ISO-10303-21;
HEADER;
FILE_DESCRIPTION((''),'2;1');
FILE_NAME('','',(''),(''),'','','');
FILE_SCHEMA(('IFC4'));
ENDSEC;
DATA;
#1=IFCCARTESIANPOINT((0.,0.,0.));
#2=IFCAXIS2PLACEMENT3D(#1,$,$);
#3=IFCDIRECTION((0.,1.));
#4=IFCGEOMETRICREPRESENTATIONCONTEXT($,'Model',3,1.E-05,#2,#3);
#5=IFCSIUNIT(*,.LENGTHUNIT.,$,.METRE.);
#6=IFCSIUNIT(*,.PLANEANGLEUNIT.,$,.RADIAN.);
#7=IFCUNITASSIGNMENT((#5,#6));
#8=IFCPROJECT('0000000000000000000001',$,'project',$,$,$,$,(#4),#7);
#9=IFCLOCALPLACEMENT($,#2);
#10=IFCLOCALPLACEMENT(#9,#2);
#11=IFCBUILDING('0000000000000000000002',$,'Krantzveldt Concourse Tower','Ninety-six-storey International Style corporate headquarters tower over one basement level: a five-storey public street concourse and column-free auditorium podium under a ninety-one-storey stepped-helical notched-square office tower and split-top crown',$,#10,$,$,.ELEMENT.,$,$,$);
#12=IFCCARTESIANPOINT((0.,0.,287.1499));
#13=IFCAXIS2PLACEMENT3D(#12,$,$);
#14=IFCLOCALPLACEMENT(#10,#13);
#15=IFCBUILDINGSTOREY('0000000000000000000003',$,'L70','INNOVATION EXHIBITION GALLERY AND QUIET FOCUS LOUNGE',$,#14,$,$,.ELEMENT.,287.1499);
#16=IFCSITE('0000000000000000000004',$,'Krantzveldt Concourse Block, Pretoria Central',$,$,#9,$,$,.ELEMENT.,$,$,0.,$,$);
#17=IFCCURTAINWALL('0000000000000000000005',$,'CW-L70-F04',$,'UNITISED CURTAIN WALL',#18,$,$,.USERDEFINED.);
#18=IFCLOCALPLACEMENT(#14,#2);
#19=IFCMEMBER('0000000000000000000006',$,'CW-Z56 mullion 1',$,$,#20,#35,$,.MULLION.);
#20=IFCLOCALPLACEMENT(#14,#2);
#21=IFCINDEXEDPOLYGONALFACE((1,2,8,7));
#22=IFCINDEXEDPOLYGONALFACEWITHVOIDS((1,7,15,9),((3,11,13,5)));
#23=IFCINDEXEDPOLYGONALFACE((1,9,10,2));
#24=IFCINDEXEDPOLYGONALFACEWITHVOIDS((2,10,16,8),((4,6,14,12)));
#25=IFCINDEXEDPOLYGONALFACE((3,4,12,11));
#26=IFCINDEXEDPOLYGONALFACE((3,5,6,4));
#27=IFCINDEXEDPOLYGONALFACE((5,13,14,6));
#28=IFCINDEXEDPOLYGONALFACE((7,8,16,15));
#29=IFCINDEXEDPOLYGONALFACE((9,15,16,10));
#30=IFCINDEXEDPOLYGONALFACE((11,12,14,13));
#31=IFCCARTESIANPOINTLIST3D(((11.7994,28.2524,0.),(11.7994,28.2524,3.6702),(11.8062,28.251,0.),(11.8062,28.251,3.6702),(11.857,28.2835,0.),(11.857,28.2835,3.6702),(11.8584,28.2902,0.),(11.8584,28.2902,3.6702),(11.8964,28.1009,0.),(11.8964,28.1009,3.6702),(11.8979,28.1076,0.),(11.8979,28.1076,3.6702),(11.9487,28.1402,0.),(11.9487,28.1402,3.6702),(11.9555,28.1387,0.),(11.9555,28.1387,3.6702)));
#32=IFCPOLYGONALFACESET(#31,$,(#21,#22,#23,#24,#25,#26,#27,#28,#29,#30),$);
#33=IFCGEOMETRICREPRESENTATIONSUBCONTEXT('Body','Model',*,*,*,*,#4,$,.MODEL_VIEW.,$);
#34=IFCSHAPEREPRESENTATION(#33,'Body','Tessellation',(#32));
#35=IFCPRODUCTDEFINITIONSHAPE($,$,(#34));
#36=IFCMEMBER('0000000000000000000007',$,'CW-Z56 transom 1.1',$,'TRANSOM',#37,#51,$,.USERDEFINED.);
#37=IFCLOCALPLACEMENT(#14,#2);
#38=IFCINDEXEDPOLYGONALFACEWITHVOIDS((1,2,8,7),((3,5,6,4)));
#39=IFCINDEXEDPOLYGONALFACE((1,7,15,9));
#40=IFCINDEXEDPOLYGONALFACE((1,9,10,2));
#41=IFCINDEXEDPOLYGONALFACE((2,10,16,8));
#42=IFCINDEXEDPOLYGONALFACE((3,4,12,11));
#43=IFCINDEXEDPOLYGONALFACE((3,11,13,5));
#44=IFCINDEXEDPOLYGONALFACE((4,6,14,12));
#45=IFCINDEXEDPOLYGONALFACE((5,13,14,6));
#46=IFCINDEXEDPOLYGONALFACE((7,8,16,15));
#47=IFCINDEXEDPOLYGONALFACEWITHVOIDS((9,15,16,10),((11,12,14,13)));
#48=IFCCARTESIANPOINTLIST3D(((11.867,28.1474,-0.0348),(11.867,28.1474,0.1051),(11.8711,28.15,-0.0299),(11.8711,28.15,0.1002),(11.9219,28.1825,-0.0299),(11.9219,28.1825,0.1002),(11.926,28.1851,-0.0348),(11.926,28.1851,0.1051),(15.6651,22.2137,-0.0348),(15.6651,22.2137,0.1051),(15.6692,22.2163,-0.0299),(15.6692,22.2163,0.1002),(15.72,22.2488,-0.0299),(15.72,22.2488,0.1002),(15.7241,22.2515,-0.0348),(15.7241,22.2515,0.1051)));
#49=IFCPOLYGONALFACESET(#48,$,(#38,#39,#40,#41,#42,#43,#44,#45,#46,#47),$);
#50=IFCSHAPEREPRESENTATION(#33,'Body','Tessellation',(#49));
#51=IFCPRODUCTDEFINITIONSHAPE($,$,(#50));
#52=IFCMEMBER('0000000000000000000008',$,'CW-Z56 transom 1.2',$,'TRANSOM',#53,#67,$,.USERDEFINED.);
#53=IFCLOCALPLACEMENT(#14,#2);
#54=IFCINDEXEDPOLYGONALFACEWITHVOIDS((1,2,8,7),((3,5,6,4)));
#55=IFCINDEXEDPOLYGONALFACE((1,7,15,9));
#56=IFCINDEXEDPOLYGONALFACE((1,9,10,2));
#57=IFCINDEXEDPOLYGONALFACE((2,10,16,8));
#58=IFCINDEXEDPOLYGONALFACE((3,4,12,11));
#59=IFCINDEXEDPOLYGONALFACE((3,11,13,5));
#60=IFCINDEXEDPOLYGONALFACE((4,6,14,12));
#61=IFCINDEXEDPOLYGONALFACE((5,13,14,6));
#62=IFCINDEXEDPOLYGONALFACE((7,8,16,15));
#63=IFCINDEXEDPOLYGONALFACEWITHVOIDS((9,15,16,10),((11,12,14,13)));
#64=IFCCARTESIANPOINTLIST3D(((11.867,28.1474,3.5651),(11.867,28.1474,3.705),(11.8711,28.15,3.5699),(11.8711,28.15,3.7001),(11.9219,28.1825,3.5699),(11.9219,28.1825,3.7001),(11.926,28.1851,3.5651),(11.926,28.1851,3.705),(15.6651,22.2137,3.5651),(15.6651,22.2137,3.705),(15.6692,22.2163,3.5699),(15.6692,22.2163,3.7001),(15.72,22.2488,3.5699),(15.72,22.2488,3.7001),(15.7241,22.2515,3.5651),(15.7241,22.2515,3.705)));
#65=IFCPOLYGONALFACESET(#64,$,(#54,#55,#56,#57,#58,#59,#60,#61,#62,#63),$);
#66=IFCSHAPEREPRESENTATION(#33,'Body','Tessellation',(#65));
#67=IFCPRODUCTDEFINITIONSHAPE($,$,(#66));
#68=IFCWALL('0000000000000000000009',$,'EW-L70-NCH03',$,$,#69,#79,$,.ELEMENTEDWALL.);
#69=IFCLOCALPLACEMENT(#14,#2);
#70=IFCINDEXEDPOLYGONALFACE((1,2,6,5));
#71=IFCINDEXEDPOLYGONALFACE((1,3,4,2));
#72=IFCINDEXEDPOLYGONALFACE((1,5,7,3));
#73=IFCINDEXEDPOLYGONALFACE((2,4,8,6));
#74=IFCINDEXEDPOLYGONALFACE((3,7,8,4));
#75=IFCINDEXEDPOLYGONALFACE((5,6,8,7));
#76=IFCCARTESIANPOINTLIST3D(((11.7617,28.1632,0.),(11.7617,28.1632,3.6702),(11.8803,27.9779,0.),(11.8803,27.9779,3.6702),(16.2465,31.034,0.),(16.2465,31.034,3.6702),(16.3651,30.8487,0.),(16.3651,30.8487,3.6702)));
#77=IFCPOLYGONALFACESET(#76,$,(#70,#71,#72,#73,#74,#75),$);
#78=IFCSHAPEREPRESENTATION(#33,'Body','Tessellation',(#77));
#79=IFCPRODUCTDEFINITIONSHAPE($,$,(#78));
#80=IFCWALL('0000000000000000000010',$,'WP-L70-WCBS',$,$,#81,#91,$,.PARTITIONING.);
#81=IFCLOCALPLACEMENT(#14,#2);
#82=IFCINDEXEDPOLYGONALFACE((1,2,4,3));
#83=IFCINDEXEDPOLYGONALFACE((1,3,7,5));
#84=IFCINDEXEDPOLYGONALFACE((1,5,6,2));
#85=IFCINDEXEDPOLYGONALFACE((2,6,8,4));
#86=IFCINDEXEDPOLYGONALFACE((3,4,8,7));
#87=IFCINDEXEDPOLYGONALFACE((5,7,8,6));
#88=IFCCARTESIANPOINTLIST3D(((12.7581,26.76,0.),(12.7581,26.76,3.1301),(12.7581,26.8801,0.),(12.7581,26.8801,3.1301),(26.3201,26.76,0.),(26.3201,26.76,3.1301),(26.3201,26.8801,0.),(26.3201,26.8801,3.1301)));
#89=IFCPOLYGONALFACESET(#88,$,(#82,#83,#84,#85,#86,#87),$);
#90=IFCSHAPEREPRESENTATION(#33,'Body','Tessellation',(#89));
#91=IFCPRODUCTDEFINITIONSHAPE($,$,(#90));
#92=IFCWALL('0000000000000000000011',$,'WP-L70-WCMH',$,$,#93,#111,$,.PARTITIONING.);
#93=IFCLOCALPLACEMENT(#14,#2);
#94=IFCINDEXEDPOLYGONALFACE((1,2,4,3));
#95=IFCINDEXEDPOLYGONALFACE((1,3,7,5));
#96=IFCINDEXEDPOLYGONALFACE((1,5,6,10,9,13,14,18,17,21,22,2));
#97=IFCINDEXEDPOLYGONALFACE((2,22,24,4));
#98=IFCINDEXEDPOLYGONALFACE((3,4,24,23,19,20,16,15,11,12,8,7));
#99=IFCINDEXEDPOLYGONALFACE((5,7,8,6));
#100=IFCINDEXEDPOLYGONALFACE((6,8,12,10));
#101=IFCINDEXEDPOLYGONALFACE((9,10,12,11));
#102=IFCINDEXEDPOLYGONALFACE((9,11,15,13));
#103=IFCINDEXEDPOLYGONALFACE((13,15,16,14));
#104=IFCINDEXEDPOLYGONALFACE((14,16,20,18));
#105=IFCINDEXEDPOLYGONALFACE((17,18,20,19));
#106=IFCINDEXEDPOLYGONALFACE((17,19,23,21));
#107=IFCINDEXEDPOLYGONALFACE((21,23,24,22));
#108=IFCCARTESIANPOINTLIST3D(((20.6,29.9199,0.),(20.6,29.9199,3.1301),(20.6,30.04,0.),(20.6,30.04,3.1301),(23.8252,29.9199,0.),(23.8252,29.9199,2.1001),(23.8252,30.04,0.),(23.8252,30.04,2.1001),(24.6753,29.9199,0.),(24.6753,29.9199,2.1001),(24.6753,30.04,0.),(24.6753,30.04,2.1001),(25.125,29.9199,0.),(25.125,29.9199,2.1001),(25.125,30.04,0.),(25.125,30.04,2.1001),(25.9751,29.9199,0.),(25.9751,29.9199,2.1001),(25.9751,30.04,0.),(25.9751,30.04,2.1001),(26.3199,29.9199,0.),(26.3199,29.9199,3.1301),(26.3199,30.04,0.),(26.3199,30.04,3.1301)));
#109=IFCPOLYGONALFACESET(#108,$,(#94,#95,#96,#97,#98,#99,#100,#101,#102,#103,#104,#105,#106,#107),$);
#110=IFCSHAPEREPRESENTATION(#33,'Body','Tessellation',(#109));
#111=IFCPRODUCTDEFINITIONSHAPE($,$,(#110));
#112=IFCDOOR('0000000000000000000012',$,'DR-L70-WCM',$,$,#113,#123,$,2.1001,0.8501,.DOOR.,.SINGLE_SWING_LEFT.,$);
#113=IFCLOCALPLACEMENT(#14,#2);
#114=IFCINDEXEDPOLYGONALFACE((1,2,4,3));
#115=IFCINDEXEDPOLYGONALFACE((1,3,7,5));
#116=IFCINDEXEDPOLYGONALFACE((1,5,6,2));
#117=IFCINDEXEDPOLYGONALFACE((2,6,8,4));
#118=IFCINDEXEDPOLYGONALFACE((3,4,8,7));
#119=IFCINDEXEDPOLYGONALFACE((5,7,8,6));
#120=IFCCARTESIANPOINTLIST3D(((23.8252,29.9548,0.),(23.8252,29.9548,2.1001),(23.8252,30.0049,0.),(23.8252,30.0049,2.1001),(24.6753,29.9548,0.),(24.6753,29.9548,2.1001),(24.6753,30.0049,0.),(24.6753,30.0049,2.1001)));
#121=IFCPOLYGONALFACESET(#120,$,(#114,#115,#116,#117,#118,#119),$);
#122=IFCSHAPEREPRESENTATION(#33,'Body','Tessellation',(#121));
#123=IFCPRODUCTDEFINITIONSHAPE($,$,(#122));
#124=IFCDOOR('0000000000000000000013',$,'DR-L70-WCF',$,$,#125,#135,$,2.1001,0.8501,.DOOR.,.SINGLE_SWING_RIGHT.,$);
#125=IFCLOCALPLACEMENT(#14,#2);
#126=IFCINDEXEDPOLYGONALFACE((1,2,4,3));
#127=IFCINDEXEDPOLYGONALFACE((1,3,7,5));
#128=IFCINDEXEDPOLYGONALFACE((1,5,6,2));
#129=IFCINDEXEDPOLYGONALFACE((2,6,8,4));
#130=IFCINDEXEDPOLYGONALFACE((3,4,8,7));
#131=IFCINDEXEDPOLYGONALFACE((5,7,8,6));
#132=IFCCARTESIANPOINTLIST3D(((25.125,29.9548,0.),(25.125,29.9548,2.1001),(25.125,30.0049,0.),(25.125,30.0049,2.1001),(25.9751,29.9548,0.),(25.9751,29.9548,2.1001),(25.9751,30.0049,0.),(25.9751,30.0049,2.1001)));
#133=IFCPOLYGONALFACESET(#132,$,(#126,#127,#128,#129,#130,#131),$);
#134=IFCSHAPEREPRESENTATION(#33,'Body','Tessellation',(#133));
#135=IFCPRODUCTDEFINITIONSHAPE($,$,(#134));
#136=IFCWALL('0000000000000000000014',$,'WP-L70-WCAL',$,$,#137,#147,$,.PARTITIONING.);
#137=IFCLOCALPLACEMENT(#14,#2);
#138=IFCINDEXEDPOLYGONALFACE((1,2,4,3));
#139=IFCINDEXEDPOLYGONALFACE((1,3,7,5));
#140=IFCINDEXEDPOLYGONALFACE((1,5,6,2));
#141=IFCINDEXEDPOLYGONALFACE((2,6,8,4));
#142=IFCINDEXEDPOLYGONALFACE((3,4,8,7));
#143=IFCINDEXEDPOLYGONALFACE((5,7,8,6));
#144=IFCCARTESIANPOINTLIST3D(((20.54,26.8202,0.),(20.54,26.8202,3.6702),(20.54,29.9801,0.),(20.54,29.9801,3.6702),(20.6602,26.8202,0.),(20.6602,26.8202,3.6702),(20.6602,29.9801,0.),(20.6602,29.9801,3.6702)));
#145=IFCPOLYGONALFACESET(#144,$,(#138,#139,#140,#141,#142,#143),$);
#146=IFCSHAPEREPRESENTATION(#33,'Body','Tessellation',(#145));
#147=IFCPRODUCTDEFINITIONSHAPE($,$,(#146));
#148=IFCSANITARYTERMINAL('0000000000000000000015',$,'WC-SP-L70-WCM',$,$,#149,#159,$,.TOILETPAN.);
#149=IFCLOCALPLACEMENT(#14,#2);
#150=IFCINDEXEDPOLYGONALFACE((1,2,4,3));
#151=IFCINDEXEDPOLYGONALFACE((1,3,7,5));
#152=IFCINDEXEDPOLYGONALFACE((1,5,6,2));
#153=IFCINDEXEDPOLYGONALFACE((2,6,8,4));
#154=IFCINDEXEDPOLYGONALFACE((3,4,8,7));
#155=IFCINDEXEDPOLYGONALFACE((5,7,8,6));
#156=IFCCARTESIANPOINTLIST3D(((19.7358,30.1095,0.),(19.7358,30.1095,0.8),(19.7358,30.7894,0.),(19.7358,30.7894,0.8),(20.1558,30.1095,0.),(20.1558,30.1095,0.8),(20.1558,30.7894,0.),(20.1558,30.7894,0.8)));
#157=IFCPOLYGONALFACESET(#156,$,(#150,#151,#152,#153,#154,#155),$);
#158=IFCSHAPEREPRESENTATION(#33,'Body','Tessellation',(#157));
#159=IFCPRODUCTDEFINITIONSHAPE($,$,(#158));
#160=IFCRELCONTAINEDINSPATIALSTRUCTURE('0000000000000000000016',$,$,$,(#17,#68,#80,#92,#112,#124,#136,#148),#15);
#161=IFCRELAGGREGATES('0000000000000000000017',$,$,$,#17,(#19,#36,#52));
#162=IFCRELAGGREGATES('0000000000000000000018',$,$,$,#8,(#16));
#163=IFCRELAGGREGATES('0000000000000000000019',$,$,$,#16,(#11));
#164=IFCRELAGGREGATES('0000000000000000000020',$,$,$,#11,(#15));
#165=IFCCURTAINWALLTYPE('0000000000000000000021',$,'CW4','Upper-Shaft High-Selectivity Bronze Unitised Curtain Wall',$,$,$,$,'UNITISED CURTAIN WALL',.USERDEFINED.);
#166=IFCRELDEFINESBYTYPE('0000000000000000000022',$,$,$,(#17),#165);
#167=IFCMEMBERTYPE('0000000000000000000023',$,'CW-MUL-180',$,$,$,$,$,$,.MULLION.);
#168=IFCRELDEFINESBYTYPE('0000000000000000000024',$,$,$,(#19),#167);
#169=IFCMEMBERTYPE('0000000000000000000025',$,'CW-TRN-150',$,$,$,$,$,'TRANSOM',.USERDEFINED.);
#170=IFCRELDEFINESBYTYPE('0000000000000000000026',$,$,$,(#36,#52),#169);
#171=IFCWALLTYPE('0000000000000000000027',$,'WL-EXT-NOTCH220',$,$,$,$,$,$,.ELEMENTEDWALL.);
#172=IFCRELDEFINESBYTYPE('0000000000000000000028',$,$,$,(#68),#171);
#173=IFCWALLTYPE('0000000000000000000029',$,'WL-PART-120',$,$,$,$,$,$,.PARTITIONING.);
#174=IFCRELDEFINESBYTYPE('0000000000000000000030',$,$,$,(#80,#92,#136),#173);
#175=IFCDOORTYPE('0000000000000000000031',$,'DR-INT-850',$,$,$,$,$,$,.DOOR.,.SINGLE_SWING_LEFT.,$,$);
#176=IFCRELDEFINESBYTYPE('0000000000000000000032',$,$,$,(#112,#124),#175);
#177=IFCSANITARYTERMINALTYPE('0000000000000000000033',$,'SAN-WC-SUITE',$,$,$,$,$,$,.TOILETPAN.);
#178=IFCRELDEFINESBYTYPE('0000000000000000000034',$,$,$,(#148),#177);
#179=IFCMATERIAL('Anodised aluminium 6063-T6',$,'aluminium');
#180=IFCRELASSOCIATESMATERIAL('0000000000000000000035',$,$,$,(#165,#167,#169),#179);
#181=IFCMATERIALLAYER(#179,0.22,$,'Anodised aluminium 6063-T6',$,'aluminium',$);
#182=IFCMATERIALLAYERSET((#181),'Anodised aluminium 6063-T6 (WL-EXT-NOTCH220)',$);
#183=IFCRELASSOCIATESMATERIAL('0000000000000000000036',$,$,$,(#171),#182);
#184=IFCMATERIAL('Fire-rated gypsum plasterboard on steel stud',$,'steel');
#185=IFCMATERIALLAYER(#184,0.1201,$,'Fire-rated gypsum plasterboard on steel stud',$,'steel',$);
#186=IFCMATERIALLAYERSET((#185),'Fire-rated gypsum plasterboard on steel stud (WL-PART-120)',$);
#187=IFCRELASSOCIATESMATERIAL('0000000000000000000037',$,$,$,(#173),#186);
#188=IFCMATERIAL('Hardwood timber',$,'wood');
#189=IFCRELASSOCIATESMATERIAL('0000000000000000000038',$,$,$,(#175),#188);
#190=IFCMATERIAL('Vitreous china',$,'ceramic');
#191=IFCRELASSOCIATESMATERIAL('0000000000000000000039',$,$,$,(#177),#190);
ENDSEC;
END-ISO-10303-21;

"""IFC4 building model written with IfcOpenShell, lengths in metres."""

from ifc_helpers import new_model, si_unit, direction, frame, frame_2d, origin, origin_2d, place, context, subcontext, project, spatial, rectangle, hollow_rectangle, extrude, source, transform, mapped, material, layer, layer_set, material_profile, profile_set, type_object, type_shapes, element, fill, aggregate, save


model = new_model("IFC4")

# Units and contexts
model_context = context("Model", 3, precision=1e-05, world=origin(), true_north=direction((0.0, 1.0)))
body_context = subcontext(model_context, "Body", "Model", "MODEL_VIEW")
ifc_project = project(units=[si_unit("LENGTHUNIT", "METRE"), si_unit("PLANEANGLEUNIT", "RADIAN")], contexts=[model_context])

# Site, building, storey
site_placement = place(None, origin())
site = spatial("IfcSite", under=ifc_project, at=site_placement, Name="Krantzveldt Concourse Block, Pretoria Central", CompositionType="ELEMENT", RefElevation=0.0)
building_placement = place(site_placement, origin())
building = spatial("IfcBuilding", under=site, at=building_placement, Name="Krantzveldt Concourse Tower", Description="Ninety-six-storey International Style corporate headquarters tower over one basement level: a five-storey public street concourse and column-free auditorium podium under a ninety-one-storey stepped-helical notched-square office tower and split-top crown", CompositionType="ELEMENT")
storey_placement = place(building_placement, frame((0.0, 0.0, 287.1499)))
storey = spatial("IfcBuildingStorey", under=building, at=storey_placement, Name="L70", Description="INNOVATION EXHIBITION GALLERY AND QUIET FOCUS LOUNGE", CompositionType="ELEMENT", Elevation=287.1499)

# Curtain wall, members
ifc_material_1 = material(Name="Anodised aluminium 6063-T6", Category="aluminium")
curtain_wall_type = type_object("IfcCurtainWallType", Name="CW4", Description="Upper-Shaft High-Selectivity Bronze Unitised Curtain Wall", ElementType="UNITISED CURTAIN WALL", PredefinedType="USERDEFINED", material=ifc_material_1)
curtain_wall_placement = place(storey_placement, origin())
curtain_wall = element("IfcCurtainWall", 1, at=curtain_wall_placement, inside=storey, type_object=curtain_wall_type, Name="CW-L70-F04", ObjectType="UNITISED CURTAIN WALL", PredefinedType="USERDEFINED")
ifc_material_profile_1 = material_profile(ifc_material_1, hollow_rectangle(XDim=0.0701, YDim=0.1799, WallThickness=0.0049, at=origin_2d()), Name="Anodised aluminium 6063-T6", Category="aluminium")
ifc_profile_set_1 = profile_set([ifc_material_profile_1], Name="Anodised aluminium 6063-T6 - ALU-MULL 180x70x5")
member_type_1 = type_object("IfcMemberType", Name="CW-MUL-180", PredefinedType="MULLION", material=ifc_profile_set_1)
shared_shape_1 = source(origin(), body_context, "Body", "SweptSolid", [
    extrude(hollow_rectangle(XDim=0.0701, YDim=0.1799, WallThickness=0.0049, at=origin_2d()), origin(), (0.0, 0.0, 1.0), 3.6702),
])
type_shapes(member_type_1, [shared_shape_1])
member_1_placement = place(storey_placement, frame((11.8774, 28.1956, 0.0), z_axis=(0.0, 0.0, 1.0), x_axis=(0.842217, 0.539138, 0.0)))
member_1 = element("IfcMember", 2, at=member_1_placement, type_object=member_type_1, Name="CW-Z56 mullion 1", PredefinedType="MULLION", context=body_context, shape_type="MappedRepresentation", body=[
    mapped(shared_shape_1, transform((0.0, 0.0, 0.0), x_axis=(1.0, 0.0, 0.0), y_axis=(0.0, 1.0, 0.0), z_axis=(0.0, 0.0, 1.0), scale=1.0)),
])
ifc_material_profile_2 = material_profile(ifc_material_1, hollow_rectangle(XDim=0.0701, YDim=0.1399, WallThickness=0.0049, at=origin_2d()), Name="Anodised aluminium 6063-T6", Category="aluminium")
ifc_profile_set_2 = profile_set([ifc_material_profile_2], Name="Anodised aluminium 6063-T6 - ALU-TRAN 140x70x5")
member_type_2 = type_object("IfcMemberType", Name="CW-TRN-150", ElementType="TRANSOM", PredefinedType="USERDEFINED", material=ifc_profile_set_2)
shared_shape_2 = source(origin(), body_context, "Body", "SweptSolid", [
    extrude(hollow_rectangle(XDim=0.0701, YDim=0.1399, WallThickness=0.0049, at=origin_2d()), origin(), (0.0, 0.0, 1.0), 7.0452),
])
type_shapes(member_type_2, [shared_shape_2])
member_2_placement = place(storey_placement, frame((11.8965, 28.1663, 0.0352), z_axis=(0.539114, -0.842233, 0.0), x_axis=(0.842233, 0.539114, 0.0)))
member_2 = element("IfcMember", 3, at=member_2_placement, type_object=member_type_2, Name="CW-Z56 transom 1.1", ObjectType="TRANSOM", PredefinedType="USERDEFINED", context=body_context, shape_type="MappedRepresentation", body=[
    mapped(shared_shape_2, transform((0.0, 0.0, 0.0), x_axis=(1.0, 0.0, 0.0), y_axis=(0.0, 1.0, 0.0), z_axis=(0.0, 0.0, 1.0), scale=1.0)),
])
member_3_placement = place(storey_placement, frame((11.8965, 28.1663, 3.635), z_axis=(0.539114, -0.842233, 0.0), x_axis=(0.842233, 0.539114, 0.0)))
member_3 = element("IfcMember", 4, at=member_3_placement, type_object=member_type_2, Name="CW-Z56 transom 1.2", ObjectType="TRANSOM", PredefinedType="USERDEFINED", context=body_context, shape_type="MappedRepresentation", body=[
    mapped(shared_shape_2, transform((0.0, 0.0, 0.0), x_axis=(1.0, 0.0, 0.0), y_axis=(0.0, 1.0, 0.0), z_axis=(0.0, 0.0, 1.0), scale=1.0)),
])
aggregate(curtain_wall, [member_1, member_2, member_3])

# Walls
ifc_layer_1 = layer(ifc_material_1, 0.22, Name="Anodised aluminium 6063-T6", Category="aluminium")
ifc_layer_set_1 = layer_set([ifc_layer_1], Name="Anodised aluminium 6063-T6 (WL-EXT-NOTCH220)")
wall_type_1 = type_object("IfcWallType", Name="WL-EXT-NOTCH220", PredefinedType="ELEMENTEDWALL", material=ifc_layer_set_1)
wall_1_placement = place(storey_placement, frame((16.3059, 30.9414, 0.0), z_axis=(0.0, 0.0, 1.0), x_axis=(-0.842226, -0.539125, 0.0)))
element("IfcWall", 5, at=wall_1_placement, inside=storey, type_object=wall_type_1, Name="EW-L70-NCH03", PredefinedType="ELEMENTEDWALL", context=body_context, shape_type="SweptSolid", body=[
    extrude(rectangle(XDim=5.325, YDim=0.22, at=frame_2d((2.6626, 0.0))), origin(), (0.0, 0.0, 1.0), 3.6702),
])
ifc_material_2 = material(Name="Fire-rated gypsum plasterboard on steel stud", Category="steel")
ifc_layer_2 = layer(ifc_material_2, 0.1201, Name="Fire-rated gypsum plasterboard on steel stud", Category="steel")
ifc_layer_set_2 = layer_set([ifc_layer_2], Name="Fire-rated gypsum plasterboard on steel stud (WL-PART-120)")
wall_type_2 = type_object("IfcWallType", Name="WL-PART-120", PredefinedType="PARTITIONING", material=ifc_layer_set_2)
wall_2_placement = place(storey_placement, frame((12.7581, 26.8201, 0.0), z_axis=(0.0, 0.0, 1.0), x_axis=(1.0, 0.0, 0.0)))
element("IfcWall", 6, at=wall_2_placement, inside=storey, type_object=wall_type_2, Name="WP-L70-WCBS", PredefinedType="PARTITIONING", context=body_context, shape_type="SweptSolid", body=[
    extrude(rectangle(XDim=13.562, YDim=0.1201, at=frame_2d((6.781, 0.0))), origin(), (0.0, 0.0, 1.0), 3.1301),
])

# Wall, openings, doors
wall_3_placement = place(storey_placement, frame((20.6001, 29.98, 0.0), z_axis=(0.0, 0.0, 1.0), x_axis=(1.0, 0.0, 0.0)))
wall_3 = element("IfcWall", 7, at=wall_3_placement, inside=storey, type_object=wall_type_2, Name="WP-L70-WCMH", PredefinedType="PARTITIONING", context=body_context, shape_type="SweptSolid", body=[
    extrude(rectangle(XDim=5.72, YDim=0.1201, at=frame_2d((2.8599, 0.0))), origin(), (0.0, 0.0, 1.0), 3.1301),
])
opening_1_placement = place(wall_3_placement, frame((3.2251, 0.0, 0.0)))
opening_1 = element("IfcOpeningElement", 8, at=opening_1_placement, cuts=wall_3, PredefinedType="OPENING", context=body_context, shape_type="SweptSolid", body=[
    extrude(rectangle(XDim=0.8501, YDim=2.1001, at=frame_2d((0.425, 1.05))), frame((0.0, 0.0701, 0.0), z_axis=(0.0, -1.0, 0.0), x_axis=(1.0, 0.0, 0.0)), (0.0, 0.0, 1.0), 0.1401),
])
opening_2_placement = place(wall_3_placement, frame((4.5249, 0.0, 0.0)))
opening_2 = element("IfcOpeningElement", 9, at=opening_2_placement, cuts=wall_3, PredefinedType="OPENING", context=body_context, shape_type="SweptSolid", body=[
    extrude(rectangle(XDim=0.8501, YDim=2.1001, at=frame_2d((0.425, 1.05))), frame((0.0, 0.0701, 0.0), z_axis=(0.0, -1.0, 0.0), x_axis=(1.0, 0.0, 0.0)), (0.0, 0.0, 1.0), 0.1401),
])
ifc_material_3 = material(Name="Hardwood timber", Category="wood")
door_type = type_object("IfcDoorType", Name="DR-INT-850", OperationType="SINGLE_SWING_LEFT", PredefinedType="DOOR", material=ifc_material_3)
door_1_placement = place(opening_1_placement, origin())
door_1 = element("IfcDoor", 10, at=door_1_placement, inside=storey, type_object=door_type, Name="DR-L70-WCM", OperationType="SINGLE_SWING_LEFT", OverallHeight=2.1001, OverallWidth=0.8501, PredefinedType="DOOR", context=body_context, shape_type="SweptSolid", body=[
    extrude(rectangle(XDim=0.8501, YDim=2.1001, at=frame_2d((0.425, 1.05))), frame((0.0, 0.0249, 0.0), z_axis=(0.0, -1.0, 0.0), x_axis=(1.0, 0.0, 0.0)), (0.0, 0.0, 1.0), 0.05),
])
fill(opening_1, door_1)
door_2_placement = place(opening_2_placement, origin())
door_2 = element("IfcDoor", 11, at=door_2_placement, inside=storey, type_object=door_type, Name="DR-L70-WCF", OperationType="SINGLE_SWING_RIGHT", OverallHeight=2.1001, OverallWidth=0.8501, PredefinedType="DOOR", context=body_context, shape_type="SweptSolid", body=[
    extrude(rectangle(XDim=0.8501, YDim=2.1001, at=frame_2d((0.425, 1.05))), frame((0.0, 0.0249, 0.0), z_axis=(0.0, -1.0, 0.0), x_axis=(1.0, 0.0, 0.0)), (0.0, 0.0, 1.0), 0.05),
])
fill(opening_2, door_2)

# Wall
wall_4_placement = place(storey_placement, frame((20.6001, 26.8201, 0.0), z_axis=(0.0, 0.0, 1.0), x_axis=(0.0, 1.0, 0.0)))
element("IfcWall", 12, at=wall_4_placement, inside=storey, type_object=wall_type_2, Name="WP-L70-WCAL", PredefinedType="PARTITIONING", context=body_context, shape_type="SweptSolid", body=[
    extrude(rectangle(XDim=3.1599, YDim=0.1201, at=frame_2d((1.5801, 0.0))), origin(), (0.0, 0.0, 1.0), 3.6702),
])

# Sanitary terminal
ifc_material_4 = material(Name="Vitreous china", Category="ceramic")
sanitary_terminal_type_1 = type_object("IfcSanitaryTerminalType", Name="SAN-WC-SUITE", PredefinedType="TOILETPAN", material=ifc_material_4)
shared_shape_3 = source(origin(), body_context, "Body", "SweptSolid", [
    extrude(rectangle(XDim=0.4199, YDim=0.6799, at=origin_2d()), origin(), (0.0, 0.0, 1.0), 0.8),
])
type_shapes(sanitary_terminal_type_1, [shared_shape_3])
sanitary_terminal_1_placement = place(storey_placement, frame((19.9458, 30.4495, 0.0), z_axis=(0.0, 0.0, 1.0), x_axis=(1.0, 0.0, 0.0)))
element("IfcSanitaryTerminal", 13, at=sanitary_terminal_1_placement, inside=storey, type_object=sanitary_terminal_type_1, Name="WC-SP-L70-WCM", PredefinedType="TOILETPAN", context=body_context, shape_type="MappedRepresentation", body=[
    mapped(shared_shape_3, transform((0.0, 0.0, 0.0), x_axis=(1.0, 0.0, 0.0), y_axis=(0.0, 1.0, 0.0), z_axis=(0.0, 0.0, 1.0), scale=1.0)),
])

save(model, "model.ifc")
